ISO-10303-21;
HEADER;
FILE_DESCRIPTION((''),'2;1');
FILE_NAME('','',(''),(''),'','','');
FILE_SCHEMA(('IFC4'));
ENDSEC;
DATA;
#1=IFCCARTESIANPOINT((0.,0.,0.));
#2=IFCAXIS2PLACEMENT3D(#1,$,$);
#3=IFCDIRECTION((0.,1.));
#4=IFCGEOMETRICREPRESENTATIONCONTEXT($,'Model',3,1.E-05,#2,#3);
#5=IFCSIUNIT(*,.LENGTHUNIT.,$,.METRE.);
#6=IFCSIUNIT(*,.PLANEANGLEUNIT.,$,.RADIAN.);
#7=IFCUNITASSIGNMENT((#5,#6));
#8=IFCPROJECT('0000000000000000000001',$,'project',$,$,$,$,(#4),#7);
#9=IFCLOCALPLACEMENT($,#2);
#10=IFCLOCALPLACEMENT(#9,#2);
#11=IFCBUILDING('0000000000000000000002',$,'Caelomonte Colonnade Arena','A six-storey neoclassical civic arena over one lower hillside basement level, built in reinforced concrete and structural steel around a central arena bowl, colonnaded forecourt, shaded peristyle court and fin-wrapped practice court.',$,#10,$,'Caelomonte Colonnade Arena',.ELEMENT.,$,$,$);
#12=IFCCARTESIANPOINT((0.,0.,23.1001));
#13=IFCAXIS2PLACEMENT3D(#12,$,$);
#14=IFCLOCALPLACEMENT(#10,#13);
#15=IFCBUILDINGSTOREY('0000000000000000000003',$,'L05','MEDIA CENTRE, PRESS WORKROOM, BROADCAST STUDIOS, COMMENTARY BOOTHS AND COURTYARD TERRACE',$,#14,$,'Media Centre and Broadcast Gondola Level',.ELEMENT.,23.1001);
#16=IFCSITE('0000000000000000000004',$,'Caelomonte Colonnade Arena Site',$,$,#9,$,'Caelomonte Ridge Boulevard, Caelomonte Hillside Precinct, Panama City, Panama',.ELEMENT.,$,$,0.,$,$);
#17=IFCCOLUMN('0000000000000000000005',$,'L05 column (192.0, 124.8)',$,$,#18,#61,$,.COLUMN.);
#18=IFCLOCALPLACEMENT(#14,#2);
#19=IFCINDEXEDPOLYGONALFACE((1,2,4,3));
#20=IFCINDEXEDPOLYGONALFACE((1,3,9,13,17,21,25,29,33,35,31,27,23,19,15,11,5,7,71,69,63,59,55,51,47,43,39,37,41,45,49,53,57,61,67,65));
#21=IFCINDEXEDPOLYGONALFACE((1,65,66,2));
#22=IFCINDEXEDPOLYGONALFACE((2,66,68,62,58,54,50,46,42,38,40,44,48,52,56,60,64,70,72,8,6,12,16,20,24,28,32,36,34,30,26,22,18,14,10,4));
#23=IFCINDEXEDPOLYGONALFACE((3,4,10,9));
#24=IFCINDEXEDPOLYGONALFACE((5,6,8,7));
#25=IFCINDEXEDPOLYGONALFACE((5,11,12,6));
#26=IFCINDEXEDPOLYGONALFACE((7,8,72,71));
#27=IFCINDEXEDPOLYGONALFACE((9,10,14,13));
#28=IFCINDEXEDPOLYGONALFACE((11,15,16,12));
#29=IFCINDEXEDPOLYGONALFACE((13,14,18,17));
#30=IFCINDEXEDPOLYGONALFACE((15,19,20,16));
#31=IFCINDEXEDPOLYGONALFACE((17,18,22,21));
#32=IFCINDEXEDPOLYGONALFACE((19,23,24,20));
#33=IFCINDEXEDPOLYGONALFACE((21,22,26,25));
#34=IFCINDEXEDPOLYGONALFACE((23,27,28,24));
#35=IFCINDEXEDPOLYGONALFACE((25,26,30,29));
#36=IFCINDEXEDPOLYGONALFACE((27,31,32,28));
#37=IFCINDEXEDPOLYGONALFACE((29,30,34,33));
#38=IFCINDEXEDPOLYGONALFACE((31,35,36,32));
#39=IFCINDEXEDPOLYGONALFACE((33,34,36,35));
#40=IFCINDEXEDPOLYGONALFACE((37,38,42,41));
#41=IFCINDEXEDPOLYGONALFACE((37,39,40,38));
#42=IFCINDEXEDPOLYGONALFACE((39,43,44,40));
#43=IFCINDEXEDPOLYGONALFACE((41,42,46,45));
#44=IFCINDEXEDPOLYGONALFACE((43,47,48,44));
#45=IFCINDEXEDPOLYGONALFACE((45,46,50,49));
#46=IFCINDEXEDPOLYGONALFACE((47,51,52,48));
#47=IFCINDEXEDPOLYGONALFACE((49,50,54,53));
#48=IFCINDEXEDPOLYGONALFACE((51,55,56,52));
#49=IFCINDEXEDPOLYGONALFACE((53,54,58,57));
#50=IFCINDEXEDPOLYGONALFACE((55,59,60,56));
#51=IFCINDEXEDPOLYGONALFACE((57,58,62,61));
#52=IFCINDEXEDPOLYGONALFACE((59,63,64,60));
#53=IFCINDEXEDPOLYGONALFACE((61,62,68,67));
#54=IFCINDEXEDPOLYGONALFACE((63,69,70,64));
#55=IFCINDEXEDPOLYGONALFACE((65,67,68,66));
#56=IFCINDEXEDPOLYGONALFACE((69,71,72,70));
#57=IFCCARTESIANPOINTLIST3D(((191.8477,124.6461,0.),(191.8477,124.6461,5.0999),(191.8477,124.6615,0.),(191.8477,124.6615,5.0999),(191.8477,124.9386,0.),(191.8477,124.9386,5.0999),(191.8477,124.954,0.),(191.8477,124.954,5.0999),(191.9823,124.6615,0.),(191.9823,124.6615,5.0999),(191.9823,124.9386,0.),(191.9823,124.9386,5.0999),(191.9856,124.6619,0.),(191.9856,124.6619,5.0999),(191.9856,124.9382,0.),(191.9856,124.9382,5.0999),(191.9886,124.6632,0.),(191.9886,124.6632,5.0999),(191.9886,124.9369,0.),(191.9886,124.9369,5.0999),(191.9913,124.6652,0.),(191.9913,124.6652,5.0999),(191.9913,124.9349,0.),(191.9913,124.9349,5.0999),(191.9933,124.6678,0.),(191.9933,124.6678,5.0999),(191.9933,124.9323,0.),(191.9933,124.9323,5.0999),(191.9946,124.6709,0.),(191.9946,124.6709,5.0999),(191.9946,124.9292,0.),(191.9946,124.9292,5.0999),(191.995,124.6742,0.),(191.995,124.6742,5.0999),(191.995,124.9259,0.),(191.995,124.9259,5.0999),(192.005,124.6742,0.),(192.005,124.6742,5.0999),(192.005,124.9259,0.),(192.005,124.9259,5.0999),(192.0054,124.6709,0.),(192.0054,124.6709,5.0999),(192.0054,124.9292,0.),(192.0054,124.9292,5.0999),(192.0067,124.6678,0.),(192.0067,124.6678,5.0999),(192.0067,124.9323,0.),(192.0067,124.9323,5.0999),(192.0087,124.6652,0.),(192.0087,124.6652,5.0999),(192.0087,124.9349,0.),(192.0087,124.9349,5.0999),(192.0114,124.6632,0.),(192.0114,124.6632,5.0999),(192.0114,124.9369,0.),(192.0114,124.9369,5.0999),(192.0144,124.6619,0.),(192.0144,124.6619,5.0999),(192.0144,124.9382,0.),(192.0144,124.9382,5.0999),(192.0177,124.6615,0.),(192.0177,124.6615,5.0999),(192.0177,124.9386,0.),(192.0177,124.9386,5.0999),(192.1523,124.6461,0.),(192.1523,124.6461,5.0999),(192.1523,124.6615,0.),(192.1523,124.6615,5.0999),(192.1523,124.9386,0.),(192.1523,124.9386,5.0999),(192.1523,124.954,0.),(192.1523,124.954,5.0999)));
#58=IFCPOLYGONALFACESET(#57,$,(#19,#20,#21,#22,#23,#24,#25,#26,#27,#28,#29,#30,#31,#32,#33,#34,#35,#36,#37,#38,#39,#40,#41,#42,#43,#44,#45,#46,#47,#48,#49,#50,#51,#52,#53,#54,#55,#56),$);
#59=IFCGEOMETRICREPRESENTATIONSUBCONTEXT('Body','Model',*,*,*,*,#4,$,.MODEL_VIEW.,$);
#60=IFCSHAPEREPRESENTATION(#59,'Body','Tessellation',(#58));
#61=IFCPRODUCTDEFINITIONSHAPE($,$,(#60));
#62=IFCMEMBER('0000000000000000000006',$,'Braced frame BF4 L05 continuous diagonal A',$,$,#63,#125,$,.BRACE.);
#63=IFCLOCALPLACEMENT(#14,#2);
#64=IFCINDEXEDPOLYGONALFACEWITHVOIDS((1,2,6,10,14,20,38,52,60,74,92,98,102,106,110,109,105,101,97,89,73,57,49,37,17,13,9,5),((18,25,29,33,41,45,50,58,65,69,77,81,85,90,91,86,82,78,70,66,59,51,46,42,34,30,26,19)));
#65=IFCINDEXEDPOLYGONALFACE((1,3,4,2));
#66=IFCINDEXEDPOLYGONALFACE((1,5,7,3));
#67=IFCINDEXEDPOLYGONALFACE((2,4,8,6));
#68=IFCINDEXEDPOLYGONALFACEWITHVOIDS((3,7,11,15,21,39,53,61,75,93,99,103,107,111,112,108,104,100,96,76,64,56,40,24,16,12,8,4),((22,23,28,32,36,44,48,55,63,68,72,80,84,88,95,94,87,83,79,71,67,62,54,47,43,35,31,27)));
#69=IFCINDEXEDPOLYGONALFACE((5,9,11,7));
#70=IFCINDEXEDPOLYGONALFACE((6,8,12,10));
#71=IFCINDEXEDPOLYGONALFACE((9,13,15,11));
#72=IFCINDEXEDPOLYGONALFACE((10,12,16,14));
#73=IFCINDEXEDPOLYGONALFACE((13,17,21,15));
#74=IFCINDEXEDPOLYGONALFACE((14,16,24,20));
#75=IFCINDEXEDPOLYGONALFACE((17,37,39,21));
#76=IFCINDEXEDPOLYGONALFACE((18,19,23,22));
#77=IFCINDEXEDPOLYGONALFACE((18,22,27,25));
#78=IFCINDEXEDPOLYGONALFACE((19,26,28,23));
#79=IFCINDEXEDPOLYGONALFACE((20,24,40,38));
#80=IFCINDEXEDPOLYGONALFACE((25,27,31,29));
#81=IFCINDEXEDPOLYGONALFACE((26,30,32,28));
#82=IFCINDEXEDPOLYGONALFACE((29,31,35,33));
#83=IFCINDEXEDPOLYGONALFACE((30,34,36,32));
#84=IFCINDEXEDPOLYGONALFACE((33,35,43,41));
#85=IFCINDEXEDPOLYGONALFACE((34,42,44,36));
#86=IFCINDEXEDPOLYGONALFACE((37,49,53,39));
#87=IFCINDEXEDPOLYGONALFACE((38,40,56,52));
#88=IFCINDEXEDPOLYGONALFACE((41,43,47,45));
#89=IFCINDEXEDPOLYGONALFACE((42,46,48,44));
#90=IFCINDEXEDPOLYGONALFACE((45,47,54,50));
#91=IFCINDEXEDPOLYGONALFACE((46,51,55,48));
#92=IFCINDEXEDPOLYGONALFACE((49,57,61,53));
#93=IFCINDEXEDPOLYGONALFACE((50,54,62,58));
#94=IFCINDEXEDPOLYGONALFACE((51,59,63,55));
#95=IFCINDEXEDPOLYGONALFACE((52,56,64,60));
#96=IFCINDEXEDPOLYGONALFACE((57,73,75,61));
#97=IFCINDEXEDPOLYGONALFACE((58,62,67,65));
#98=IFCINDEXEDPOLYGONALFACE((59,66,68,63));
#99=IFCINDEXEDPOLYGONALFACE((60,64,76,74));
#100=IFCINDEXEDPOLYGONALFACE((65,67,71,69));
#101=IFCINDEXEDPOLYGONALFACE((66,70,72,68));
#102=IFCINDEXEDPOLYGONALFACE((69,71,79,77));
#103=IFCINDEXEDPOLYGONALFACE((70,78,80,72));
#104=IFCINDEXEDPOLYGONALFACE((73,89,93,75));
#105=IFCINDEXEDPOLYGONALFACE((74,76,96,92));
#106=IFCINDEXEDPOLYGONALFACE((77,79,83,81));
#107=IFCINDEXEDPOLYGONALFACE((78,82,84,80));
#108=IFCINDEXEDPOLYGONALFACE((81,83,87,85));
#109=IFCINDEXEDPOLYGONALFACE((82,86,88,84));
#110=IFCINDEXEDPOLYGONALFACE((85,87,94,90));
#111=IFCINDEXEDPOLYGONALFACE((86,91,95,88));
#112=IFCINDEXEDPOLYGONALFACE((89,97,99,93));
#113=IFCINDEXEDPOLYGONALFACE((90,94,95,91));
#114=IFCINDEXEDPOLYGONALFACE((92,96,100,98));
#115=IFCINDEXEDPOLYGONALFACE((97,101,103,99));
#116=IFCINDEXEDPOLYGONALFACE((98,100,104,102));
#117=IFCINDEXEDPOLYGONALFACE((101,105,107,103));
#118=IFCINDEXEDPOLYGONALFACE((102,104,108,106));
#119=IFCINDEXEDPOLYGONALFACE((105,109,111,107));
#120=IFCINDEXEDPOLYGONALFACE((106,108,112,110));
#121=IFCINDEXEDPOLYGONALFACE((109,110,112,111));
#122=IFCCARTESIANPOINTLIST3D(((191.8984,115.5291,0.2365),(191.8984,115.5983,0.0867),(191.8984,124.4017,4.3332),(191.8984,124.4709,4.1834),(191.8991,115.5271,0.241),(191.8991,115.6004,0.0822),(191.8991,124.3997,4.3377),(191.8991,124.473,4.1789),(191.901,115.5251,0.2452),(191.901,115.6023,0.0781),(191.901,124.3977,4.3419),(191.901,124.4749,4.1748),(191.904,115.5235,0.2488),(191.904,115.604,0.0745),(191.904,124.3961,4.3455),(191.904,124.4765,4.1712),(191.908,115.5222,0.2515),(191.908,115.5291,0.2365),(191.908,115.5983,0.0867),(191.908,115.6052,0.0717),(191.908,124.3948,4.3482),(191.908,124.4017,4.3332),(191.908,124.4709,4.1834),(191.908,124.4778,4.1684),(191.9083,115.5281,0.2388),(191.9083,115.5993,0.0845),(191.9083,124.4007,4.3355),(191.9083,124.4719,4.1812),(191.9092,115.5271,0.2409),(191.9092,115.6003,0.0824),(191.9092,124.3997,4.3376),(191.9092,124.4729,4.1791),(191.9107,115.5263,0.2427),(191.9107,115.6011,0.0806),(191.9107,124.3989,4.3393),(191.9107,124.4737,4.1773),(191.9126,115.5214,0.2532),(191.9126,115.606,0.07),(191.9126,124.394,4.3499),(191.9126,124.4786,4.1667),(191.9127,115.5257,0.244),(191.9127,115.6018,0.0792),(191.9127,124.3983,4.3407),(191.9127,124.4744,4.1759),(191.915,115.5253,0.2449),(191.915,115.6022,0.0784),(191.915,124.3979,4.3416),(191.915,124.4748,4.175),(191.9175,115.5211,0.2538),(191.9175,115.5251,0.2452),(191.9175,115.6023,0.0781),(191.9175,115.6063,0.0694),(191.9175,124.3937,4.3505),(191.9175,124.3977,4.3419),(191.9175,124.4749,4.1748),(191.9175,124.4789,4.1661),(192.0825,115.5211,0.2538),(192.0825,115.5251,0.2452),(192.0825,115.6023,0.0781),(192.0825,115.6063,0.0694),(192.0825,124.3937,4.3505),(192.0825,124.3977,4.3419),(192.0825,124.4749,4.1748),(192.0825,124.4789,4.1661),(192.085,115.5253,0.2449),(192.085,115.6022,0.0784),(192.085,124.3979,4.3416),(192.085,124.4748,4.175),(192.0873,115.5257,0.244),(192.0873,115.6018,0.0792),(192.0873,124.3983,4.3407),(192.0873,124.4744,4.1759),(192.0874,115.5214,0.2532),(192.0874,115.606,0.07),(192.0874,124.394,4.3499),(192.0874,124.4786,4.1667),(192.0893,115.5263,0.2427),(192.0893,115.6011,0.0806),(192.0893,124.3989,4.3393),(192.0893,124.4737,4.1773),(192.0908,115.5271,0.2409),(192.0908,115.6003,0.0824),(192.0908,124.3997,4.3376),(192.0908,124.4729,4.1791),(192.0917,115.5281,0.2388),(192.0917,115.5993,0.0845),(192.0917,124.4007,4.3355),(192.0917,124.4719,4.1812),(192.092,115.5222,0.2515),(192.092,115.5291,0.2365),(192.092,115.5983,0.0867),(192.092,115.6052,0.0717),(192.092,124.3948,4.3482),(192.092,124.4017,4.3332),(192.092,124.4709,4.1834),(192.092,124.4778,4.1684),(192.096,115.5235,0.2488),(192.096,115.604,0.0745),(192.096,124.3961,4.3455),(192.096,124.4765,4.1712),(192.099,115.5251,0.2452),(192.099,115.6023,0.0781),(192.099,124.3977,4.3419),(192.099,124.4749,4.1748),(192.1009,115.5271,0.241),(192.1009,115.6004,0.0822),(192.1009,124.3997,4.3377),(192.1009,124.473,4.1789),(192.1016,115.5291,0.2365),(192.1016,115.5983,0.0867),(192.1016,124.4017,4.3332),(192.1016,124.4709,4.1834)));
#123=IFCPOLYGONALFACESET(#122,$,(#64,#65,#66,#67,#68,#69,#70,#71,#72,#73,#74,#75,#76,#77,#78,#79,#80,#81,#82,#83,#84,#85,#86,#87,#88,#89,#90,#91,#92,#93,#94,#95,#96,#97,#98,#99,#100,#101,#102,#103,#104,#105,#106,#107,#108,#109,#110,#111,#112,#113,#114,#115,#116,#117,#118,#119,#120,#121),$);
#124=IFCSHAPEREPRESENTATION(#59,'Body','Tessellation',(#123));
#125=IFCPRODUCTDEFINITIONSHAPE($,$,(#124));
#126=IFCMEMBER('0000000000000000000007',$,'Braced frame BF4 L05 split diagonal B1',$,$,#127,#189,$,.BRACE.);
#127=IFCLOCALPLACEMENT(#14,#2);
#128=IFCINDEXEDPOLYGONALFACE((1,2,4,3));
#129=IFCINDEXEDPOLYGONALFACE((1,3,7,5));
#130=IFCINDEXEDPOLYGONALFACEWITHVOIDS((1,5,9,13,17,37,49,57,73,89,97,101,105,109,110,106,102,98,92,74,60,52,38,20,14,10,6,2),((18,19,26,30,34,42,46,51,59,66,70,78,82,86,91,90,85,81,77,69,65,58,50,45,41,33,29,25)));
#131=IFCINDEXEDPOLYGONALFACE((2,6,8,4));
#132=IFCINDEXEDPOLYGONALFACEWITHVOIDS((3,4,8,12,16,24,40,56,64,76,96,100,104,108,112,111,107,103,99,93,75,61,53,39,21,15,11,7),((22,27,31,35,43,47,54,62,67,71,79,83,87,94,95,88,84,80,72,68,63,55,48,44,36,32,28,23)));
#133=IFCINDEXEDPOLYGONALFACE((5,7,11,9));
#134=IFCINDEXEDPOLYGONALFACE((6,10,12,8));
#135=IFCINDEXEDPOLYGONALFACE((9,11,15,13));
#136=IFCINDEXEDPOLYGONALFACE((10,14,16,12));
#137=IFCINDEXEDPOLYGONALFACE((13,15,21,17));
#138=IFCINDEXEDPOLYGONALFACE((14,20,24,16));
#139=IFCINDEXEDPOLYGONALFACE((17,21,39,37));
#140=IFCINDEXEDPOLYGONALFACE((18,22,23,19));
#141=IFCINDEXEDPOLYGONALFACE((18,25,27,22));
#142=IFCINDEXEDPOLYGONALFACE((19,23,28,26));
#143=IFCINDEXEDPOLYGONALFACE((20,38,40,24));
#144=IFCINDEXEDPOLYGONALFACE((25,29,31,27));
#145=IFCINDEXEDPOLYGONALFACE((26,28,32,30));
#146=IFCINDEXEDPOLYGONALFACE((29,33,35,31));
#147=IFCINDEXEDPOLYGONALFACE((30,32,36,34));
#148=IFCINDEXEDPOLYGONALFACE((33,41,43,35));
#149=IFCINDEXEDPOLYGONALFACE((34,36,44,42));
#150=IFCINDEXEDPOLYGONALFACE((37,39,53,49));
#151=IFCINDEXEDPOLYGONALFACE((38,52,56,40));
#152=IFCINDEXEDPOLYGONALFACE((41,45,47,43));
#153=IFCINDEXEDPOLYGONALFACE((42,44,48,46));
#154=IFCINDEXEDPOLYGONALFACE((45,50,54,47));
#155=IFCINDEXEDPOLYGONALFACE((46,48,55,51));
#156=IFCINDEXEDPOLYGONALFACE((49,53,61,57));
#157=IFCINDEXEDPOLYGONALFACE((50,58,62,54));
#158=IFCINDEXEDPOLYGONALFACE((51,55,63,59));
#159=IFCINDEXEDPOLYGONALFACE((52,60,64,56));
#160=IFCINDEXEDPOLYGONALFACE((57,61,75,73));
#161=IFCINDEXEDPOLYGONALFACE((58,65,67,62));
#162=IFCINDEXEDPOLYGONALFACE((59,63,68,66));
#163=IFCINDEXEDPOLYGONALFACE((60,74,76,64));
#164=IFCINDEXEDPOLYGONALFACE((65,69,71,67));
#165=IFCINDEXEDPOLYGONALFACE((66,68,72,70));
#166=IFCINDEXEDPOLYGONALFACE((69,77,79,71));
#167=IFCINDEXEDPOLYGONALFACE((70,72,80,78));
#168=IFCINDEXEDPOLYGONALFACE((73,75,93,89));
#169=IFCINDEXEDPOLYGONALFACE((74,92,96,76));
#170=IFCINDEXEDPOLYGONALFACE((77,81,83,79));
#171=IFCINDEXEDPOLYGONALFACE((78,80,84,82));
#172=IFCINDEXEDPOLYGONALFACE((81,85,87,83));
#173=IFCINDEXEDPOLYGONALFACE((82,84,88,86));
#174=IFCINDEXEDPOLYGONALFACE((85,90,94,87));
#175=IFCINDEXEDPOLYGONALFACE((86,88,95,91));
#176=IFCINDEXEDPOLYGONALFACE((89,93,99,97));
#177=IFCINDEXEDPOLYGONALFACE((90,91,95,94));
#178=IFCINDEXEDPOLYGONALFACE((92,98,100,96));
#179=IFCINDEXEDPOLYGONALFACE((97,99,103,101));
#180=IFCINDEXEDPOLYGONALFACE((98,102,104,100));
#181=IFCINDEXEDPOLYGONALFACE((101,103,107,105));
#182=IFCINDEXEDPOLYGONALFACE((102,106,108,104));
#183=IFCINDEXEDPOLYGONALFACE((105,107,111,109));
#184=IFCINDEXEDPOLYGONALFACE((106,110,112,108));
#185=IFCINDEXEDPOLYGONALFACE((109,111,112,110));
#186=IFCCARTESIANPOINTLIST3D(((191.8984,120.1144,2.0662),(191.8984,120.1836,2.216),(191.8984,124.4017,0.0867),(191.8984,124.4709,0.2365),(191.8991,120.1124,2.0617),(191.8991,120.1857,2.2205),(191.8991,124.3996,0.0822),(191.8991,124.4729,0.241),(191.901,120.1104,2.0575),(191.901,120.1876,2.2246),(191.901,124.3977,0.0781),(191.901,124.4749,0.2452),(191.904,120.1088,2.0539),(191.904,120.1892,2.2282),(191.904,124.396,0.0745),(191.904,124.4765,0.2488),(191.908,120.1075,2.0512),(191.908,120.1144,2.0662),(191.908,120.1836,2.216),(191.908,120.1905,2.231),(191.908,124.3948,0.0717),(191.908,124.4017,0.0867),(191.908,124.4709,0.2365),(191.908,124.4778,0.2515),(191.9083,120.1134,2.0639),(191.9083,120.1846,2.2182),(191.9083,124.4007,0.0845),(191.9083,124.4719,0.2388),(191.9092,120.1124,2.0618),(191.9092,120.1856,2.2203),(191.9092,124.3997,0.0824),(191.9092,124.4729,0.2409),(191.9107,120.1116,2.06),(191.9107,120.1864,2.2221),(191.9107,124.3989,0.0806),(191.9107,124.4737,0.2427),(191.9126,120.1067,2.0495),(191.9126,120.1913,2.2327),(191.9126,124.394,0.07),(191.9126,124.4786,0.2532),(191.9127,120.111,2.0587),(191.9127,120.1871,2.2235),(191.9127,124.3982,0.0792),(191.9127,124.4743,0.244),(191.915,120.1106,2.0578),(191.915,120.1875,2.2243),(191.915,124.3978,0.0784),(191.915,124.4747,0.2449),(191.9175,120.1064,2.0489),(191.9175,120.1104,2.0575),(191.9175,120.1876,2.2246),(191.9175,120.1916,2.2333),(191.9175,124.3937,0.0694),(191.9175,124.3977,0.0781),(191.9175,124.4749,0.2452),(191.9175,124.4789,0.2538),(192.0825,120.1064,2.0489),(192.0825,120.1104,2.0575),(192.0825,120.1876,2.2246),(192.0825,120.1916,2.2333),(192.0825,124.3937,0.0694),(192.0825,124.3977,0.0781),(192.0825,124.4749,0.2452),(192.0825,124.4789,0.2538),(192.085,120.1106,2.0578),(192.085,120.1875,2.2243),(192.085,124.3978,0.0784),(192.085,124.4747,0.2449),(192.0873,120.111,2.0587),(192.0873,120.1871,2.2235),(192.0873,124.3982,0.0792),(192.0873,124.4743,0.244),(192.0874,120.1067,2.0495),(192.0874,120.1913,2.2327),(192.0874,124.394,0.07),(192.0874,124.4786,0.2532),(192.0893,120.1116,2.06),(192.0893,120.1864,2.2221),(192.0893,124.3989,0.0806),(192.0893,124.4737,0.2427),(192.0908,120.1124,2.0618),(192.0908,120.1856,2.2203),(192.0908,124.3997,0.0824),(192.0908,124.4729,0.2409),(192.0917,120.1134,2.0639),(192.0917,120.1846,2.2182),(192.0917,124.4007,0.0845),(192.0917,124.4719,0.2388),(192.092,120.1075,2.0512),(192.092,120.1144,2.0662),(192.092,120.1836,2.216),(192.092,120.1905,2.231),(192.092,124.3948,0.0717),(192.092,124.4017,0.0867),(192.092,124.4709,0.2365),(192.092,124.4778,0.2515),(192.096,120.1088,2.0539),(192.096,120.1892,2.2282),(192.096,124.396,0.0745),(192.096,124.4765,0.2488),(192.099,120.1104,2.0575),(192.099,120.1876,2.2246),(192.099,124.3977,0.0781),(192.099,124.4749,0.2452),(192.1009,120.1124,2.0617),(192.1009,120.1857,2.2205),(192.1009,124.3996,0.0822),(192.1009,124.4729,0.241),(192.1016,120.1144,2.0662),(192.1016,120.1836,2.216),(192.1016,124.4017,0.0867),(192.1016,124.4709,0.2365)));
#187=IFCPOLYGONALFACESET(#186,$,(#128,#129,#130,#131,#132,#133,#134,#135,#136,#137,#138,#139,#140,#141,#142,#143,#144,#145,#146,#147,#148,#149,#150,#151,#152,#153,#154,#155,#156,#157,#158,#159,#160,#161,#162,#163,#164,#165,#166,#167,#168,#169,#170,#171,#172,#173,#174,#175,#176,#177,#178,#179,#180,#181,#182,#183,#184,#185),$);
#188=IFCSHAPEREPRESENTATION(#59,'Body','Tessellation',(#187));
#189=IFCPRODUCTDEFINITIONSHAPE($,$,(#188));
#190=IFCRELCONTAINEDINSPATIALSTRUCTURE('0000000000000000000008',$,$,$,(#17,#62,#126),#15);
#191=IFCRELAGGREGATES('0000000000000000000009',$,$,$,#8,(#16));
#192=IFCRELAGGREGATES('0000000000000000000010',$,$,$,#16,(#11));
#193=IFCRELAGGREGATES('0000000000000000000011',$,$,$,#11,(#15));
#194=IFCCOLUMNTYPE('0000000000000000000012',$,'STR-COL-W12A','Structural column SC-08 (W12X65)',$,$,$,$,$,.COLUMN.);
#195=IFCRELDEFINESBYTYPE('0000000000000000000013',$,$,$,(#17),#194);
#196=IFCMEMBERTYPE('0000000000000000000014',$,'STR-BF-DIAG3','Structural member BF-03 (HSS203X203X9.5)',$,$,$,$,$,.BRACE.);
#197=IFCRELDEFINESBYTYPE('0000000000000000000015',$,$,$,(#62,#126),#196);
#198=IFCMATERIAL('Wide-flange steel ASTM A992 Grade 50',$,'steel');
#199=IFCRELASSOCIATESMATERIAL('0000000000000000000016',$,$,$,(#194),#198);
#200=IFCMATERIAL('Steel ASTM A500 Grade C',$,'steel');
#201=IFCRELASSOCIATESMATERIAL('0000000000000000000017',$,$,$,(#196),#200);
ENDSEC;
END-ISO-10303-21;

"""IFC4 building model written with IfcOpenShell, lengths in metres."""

from ifc_helpers import new_model, si_unit, direction, frame, origin, origin_2d, place, context, subcontext, project, spatial, hollow_rectangle, i_section, extrude, material, material_profile, profile_set, type_object, element, save


model = new_model("IFC4")

# Units and contexts
model_context = context("Model", 3, precision=1e-05, world=origin(), true_north=direction((0.0, 1.0)))
body_context = subcontext(model_context, "Body", "Model", "MODEL_VIEW")
ifc_project = project(units=[si_unit("LENGTHUNIT", "METRE"), si_unit("PLANEANGLEUNIT", "RADIAN")], contexts=[model_context])

# Site, building, storey
site_placement = place(None, origin())
site = spatial("IfcSite", under=ifc_project, at=site_placement, Name="Caelomonte Colonnade Arena Site", LongName="Caelomonte Ridge Boulevard, Caelomonte Hillside Precinct, Panama City, Panama", CompositionType="ELEMENT", RefElevation=0.0)
building_placement = place(site_placement, origin())
building = spatial("IfcBuilding", under=site, at=building_placement, Name="Caelomonte Colonnade Arena", Description="A six-storey neoclassical civic arena over one lower hillside basement level, built in reinforced concrete and structural steel around a central arena bowl, colonnaded forecourt, shaded peristyle court and fin-wrapped practice court.", LongName="Caelomonte Colonnade Arena", CompositionType="ELEMENT")
storey_placement = place(building_placement, frame((0.0, 0.0, 23.1001)))
storey = spatial("IfcBuildingStorey", under=building, at=storey_placement, Name="L05", Description="MEDIA CENTRE, PRESS WORKROOM, BROADCAST STUDIOS, COMMENTARY BOOTHS AND COURTYARD TERRACE", LongName="Media Centre and Broadcast Gondola Level", CompositionType="ELEMENT", Elevation=23.1001)

# Column
ifc_material_1 = material(Name="Wide-flange steel ASTM A992 Grade 50", Category="steel")
ifc_material_profile_1 = material_profile(ifc_material_1, i_section(OverallWidth=0.3047, OverallDepth=0.3079, WebThickness=0.01, FlangeThickness=0.0154, FilletRadius=0.0127, at=origin_2d()), Name="W12X65")
ifc_profile_set_1 = profile_set([ifc_material_profile_1], Name="Wide-flange steel ASTM A992 Grade 50")
column_type = type_object("IfcColumnType", Name="STR-COL-W12A", Description="Structural column SC-08 (W12X65)", PredefinedType="COLUMN", material=ifc_profile_set_1)
column_placement = place(storey_placement, frame((192.0, 124.8, 0.0), z_axis=(0.0, 0.0, 1.0), x_axis=(1.0, 0.0, 0.0)))
element("IfcColumn", 1, at=column_placement, inside=storey, type_object=column_type, Name="L05 column (192.0, 124.8)", PredefinedType="COLUMN", context=body_context, shape_type="SweptSolid", body=[
    extrude(i_section(OverallWidth=0.3047, OverallDepth=0.3079, WebThickness=0.01, FlangeThickness=0.0154, FilletRadius=0.0127, at=origin_2d()), origin(), (0.0, 0.0, 1.0), 5.0999),
])

# Members
ifc_material_2 = material(Name="Steel ASTM A500 Grade C", Category="steel")
ifc_material_profile_2 = material_profile(ifc_material_2, hollow_rectangle(XDim=0.2031, YDim=0.2031, WallThickness=0.0095, InnerFilletRadius=0.0095, OuterFilletRadius=0.019, at=origin_2d()), Name="HSS203X203X9.5")
ifc_profile_set_2 = profile_set([ifc_material_profile_2], Name="Steel ASTM A500 Grade C")
member_type = type_object("IfcMemberType", Name="STR-BF-DIAG3", Description="Structural member BF-03 (HSS203X203X9.5)", PredefinedType="BRACE", material=ifc_profile_set_2)
member_placement = place(storey_placement, frame((192.0, 115.5637, 0.1616), z_axis=(0.0, 0.907895, 0.419198), x_axis=(-1.0, 0.0, 0.0)))
element("IfcMember", 2, at=member_placement, inside=storey, type_object=member_type, Name="Braced frame BF4 L05 continuous diagonal A", PredefinedType="BRACE", context=body_context, shape_type="SweptSolid", body=[
    extrude(hollow_rectangle(XDim=0.2031, YDim=0.2031, WallThickness=0.0095, InnerFilletRadius=0.0095, OuterFilletRadius=0.019, at=origin_2d()), origin(), (0.0, 0.0, 1.0), 9.7727),
])
for number, where, z_axis, x_axis, name in (
    (3, (192.0, 124.4363, 0.1616), (0.0, -0.907902, 0.419183), (1.0, 0.0, 0.0), "Braced frame BF4 L05 split diagonal B1"),
):
    element("IfcMember", number, at=place(storey_placement, frame(where, z_axis=z_axis, x_axis=x_axis)), inside=storey, type_object=member_type, Name=name, PredefinedType="BRACE", context=body_context, shape_type="SweptSolid", body=[
        extrude(hollow_rectangle(XDim=0.2031, YDim=0.2031, WallThickness=0.0095, InnerFilletRadius=0.0095, OuterFilletRadius=0.019, at=origin_2d()), origin(), (0.0, 0.0, 1.0), 4.7222),
    ])

save(model, "model.ifc")
